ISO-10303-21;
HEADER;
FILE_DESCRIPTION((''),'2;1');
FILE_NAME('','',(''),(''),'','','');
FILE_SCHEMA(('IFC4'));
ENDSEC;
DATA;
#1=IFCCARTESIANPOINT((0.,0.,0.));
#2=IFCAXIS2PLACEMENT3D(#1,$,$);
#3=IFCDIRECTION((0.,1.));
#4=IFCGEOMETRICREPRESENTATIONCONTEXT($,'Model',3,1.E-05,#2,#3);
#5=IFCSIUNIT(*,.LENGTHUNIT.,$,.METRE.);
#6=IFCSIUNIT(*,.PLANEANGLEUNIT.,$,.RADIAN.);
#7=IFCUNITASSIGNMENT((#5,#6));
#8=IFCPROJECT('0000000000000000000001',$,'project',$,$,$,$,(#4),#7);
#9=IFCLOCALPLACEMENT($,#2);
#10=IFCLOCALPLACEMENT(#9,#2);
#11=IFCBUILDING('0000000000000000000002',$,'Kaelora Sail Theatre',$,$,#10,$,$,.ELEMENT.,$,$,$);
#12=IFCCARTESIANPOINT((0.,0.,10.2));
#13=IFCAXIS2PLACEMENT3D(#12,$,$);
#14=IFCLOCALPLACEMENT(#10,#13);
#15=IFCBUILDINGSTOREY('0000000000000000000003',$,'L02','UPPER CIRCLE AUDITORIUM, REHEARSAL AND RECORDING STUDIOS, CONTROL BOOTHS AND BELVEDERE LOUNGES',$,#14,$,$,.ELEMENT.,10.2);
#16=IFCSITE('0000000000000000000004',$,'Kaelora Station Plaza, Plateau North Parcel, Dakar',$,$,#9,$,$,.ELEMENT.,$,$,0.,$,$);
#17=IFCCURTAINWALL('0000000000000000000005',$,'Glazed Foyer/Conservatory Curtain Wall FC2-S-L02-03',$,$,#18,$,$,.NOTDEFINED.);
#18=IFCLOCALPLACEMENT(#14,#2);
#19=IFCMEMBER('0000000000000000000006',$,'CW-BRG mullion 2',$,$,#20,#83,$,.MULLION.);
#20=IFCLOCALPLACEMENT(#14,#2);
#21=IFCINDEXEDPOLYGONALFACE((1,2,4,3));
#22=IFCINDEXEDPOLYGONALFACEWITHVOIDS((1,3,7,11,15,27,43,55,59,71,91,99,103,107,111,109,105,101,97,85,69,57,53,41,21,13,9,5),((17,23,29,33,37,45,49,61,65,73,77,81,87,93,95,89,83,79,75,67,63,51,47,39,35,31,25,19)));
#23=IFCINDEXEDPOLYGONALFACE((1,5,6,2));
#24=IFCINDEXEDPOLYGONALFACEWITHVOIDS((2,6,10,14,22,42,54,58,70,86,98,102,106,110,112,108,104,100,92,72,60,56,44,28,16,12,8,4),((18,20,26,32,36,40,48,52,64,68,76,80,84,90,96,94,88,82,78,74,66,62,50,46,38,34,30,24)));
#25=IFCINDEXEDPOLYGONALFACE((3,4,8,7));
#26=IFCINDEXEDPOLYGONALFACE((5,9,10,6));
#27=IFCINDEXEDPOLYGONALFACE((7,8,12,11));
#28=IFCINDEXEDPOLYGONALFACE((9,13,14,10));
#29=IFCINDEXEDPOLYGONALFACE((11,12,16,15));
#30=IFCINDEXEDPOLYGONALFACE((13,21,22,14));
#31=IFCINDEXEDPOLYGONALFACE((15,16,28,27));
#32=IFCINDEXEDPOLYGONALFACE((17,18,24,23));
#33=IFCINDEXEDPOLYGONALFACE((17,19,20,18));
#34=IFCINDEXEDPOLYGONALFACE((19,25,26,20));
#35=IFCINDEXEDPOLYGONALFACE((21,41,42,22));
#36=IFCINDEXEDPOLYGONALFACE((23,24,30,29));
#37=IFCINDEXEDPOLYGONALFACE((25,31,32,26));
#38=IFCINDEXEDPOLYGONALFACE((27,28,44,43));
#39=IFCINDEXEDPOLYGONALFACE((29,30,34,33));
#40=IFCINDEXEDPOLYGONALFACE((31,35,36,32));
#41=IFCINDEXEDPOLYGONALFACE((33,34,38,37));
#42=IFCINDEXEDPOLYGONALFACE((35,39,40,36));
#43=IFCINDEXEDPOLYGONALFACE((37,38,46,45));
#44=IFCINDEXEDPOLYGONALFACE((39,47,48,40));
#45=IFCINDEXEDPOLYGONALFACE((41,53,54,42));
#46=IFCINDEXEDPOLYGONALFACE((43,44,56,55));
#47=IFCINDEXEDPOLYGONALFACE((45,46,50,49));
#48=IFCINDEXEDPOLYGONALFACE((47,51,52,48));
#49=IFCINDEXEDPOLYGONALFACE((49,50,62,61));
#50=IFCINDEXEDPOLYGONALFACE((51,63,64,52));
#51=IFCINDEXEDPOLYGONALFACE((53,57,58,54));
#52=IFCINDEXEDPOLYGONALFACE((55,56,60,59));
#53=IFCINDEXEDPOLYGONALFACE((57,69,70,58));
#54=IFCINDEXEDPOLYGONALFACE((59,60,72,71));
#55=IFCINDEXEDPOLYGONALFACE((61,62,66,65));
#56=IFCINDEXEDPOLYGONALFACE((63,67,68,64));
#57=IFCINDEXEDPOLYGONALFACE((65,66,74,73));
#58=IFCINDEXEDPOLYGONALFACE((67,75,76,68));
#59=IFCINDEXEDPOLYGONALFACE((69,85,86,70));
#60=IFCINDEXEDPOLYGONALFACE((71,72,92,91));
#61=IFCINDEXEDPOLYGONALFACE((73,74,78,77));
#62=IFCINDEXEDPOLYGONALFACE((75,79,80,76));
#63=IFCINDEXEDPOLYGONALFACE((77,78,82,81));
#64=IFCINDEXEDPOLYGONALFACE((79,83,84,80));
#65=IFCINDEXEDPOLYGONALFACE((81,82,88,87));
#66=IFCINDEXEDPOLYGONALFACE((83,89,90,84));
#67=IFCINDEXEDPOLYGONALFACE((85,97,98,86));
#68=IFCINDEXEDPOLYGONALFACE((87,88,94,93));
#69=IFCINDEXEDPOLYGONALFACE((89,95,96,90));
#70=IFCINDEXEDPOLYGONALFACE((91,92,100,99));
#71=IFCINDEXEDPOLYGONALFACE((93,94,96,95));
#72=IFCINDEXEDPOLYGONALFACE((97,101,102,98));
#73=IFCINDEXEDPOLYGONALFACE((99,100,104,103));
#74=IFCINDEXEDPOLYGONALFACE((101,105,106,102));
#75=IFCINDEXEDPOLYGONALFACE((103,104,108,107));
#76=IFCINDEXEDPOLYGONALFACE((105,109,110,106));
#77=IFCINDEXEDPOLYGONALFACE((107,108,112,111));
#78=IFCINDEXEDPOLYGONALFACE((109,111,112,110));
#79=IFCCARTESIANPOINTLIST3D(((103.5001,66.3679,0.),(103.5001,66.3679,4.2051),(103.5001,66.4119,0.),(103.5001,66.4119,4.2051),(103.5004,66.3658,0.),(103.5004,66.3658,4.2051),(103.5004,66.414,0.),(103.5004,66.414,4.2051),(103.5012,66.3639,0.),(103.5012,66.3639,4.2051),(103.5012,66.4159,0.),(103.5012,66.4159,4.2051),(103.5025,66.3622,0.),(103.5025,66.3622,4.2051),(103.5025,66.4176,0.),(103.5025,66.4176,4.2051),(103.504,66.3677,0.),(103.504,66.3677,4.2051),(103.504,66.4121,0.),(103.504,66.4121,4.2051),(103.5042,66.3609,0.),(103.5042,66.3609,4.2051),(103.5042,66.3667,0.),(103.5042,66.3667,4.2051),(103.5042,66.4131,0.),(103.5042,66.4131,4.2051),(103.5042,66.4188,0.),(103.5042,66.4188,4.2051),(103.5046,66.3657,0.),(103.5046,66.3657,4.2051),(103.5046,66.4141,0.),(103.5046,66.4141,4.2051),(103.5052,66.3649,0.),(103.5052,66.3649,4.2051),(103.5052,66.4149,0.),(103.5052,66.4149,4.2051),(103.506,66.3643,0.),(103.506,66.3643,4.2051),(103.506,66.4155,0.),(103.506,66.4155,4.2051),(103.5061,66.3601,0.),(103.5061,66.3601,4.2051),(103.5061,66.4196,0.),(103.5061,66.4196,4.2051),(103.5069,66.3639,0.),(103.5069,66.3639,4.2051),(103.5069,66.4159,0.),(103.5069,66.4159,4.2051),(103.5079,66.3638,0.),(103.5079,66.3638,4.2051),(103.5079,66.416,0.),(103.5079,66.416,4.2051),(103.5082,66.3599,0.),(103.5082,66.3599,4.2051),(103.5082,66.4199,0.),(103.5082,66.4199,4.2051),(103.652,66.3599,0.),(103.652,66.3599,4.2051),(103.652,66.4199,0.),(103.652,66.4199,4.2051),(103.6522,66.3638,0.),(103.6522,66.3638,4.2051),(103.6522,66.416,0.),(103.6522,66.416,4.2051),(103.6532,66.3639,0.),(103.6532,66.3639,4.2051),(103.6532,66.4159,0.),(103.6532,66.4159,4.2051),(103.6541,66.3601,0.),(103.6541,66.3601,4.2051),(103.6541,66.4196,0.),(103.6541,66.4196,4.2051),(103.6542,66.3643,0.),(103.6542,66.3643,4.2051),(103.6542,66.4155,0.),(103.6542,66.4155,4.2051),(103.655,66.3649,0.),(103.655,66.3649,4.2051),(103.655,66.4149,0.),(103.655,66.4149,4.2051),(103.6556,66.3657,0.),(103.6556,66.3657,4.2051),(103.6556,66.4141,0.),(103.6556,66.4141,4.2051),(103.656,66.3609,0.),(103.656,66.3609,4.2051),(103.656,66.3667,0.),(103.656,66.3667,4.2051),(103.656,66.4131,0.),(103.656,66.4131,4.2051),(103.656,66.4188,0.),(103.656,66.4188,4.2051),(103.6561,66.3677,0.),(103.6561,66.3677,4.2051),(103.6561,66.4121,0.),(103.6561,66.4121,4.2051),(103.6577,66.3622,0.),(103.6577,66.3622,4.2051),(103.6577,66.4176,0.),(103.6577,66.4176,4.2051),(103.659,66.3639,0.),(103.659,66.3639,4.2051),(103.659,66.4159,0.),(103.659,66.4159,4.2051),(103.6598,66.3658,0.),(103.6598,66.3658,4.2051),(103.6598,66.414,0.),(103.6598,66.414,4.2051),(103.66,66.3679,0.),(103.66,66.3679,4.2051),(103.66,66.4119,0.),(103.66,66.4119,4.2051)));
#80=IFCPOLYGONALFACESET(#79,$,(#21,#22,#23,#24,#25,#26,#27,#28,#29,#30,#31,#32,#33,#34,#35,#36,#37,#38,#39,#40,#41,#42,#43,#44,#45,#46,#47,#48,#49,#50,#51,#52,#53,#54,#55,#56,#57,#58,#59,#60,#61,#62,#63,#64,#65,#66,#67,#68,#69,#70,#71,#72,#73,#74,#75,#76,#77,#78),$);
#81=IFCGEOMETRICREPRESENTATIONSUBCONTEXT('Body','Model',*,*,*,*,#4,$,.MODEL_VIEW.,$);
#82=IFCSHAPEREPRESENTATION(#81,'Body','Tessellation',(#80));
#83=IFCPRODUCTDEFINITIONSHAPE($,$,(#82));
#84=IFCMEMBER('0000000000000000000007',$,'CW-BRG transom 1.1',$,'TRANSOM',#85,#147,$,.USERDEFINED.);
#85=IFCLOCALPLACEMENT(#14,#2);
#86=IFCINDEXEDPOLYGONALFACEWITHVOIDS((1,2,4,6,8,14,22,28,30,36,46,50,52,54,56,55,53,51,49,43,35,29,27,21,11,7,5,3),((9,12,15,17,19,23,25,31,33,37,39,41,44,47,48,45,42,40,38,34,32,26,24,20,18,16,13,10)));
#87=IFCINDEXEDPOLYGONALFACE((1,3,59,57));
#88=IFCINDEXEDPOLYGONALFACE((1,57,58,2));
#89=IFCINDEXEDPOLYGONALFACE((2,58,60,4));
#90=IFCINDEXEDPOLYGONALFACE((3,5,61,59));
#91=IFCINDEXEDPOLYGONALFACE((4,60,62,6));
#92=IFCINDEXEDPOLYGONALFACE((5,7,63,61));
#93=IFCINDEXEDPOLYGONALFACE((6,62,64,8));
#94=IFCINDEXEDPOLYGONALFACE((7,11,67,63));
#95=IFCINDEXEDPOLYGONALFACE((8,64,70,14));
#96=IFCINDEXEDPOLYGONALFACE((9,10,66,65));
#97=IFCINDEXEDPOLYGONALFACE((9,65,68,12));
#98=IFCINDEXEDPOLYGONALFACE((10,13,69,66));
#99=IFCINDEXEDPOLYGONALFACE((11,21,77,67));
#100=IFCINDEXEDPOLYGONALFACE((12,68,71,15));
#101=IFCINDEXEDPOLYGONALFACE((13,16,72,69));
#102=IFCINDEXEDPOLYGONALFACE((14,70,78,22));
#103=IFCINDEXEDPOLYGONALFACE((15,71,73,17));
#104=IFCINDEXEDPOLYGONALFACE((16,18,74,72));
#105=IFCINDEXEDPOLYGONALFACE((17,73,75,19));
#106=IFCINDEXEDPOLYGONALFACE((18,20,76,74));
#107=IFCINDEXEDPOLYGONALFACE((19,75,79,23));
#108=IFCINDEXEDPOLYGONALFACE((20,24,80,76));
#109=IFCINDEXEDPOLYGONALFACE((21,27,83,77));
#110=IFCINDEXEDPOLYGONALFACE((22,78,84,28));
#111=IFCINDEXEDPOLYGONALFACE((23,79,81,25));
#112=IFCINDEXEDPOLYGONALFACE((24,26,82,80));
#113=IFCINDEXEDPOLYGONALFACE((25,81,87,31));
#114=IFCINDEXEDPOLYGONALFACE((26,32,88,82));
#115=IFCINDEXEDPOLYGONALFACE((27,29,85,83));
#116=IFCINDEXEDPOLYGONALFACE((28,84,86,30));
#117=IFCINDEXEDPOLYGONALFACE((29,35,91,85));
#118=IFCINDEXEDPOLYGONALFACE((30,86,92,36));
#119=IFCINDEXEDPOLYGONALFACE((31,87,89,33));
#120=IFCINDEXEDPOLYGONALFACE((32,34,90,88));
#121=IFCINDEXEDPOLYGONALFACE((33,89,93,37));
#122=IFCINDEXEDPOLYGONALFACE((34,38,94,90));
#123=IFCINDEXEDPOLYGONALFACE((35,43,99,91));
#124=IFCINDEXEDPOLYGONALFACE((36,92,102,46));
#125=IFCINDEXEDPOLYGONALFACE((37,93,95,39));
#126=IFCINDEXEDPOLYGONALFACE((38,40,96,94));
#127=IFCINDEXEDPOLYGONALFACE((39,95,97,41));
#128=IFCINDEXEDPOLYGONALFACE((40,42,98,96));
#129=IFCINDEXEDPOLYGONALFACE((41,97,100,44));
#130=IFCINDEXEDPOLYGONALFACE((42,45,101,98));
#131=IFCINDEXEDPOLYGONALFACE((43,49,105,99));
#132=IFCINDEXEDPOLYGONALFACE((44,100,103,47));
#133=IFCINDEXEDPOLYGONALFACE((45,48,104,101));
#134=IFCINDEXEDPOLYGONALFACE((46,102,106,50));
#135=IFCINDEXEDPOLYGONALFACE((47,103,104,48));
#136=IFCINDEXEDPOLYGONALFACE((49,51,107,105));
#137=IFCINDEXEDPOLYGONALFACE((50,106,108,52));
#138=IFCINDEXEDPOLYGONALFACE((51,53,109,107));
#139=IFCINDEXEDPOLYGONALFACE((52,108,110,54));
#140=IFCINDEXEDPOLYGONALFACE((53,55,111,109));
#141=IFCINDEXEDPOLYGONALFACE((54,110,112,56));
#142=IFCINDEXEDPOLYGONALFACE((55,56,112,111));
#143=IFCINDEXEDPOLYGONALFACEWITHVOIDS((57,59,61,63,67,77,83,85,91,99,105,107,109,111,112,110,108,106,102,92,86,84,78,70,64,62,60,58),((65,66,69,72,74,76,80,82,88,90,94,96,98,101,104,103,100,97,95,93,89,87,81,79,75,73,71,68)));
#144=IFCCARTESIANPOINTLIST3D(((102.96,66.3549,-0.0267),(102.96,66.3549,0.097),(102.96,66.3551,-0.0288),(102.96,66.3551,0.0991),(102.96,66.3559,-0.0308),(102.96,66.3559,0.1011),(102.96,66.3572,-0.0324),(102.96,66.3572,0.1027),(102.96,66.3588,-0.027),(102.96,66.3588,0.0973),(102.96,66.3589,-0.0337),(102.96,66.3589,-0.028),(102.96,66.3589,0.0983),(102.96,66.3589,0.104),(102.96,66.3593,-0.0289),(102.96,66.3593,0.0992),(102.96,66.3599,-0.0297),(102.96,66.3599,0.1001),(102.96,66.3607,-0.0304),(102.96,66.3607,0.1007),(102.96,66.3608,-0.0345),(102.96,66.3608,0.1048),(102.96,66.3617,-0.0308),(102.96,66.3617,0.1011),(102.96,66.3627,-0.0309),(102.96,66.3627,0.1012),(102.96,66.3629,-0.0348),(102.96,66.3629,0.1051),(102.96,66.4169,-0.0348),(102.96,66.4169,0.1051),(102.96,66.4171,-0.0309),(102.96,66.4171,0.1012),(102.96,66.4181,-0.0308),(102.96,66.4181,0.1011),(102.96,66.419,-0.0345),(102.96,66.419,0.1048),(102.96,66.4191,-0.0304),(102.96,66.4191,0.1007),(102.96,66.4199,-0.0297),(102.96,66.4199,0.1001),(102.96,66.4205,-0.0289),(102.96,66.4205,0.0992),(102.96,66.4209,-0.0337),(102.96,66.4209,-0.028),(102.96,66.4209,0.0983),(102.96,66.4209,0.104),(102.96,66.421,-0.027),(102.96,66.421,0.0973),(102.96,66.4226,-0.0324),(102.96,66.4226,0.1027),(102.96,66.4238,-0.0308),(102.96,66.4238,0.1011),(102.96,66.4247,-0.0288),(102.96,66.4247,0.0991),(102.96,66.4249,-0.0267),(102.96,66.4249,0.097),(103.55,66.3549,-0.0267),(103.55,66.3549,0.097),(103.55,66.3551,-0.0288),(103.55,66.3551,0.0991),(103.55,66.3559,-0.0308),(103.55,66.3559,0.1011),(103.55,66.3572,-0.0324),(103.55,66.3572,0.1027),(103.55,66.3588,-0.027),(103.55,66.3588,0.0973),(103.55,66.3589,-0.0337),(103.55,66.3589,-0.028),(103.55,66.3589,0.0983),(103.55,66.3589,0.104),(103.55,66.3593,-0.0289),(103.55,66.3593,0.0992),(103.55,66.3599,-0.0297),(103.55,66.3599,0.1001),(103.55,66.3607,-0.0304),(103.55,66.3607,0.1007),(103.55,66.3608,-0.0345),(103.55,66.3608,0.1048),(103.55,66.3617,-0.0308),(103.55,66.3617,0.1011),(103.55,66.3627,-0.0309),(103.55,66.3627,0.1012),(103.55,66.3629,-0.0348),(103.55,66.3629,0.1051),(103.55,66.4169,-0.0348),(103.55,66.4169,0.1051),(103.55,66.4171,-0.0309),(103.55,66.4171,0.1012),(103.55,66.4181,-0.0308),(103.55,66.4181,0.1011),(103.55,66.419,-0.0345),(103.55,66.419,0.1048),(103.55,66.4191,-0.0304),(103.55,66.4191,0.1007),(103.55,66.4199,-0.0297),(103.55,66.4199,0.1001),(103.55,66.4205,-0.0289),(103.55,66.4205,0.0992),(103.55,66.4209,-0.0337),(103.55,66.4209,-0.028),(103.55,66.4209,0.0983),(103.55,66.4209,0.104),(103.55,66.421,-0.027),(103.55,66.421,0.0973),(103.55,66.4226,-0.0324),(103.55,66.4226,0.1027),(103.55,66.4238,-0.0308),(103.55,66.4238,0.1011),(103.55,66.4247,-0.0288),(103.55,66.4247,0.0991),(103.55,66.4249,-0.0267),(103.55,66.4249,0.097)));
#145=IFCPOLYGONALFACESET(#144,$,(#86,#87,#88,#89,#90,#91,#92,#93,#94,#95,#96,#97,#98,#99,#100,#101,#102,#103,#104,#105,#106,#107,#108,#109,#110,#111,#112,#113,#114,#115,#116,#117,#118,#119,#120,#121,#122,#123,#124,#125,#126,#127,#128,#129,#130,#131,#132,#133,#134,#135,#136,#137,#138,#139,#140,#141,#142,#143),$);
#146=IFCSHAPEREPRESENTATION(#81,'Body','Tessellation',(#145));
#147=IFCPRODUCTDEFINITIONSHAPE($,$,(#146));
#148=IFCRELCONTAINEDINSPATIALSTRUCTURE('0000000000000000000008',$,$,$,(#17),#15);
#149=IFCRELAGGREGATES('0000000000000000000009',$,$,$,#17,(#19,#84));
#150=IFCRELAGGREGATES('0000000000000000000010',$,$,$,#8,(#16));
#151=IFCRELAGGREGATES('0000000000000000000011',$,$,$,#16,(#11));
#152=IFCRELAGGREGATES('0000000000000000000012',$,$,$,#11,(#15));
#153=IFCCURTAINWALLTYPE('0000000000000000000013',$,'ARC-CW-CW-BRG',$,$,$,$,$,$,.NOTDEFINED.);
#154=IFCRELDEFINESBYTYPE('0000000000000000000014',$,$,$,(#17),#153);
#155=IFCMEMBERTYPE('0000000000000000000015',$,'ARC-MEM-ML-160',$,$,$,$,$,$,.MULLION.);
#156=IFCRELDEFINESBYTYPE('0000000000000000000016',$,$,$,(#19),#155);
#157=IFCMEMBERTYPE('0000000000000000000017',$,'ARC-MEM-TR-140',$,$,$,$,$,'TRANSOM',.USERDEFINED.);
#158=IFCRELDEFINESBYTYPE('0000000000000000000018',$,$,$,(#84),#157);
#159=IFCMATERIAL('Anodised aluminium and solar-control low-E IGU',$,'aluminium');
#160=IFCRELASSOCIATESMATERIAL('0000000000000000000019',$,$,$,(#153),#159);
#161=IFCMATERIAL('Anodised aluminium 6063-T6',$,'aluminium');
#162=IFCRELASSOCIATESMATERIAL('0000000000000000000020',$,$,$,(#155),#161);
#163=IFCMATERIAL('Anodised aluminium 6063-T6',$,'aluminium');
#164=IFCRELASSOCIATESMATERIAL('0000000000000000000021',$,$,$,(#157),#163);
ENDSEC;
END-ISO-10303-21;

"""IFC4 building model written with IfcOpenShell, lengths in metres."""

from ifc_helpers import new_model, si_unit, direction, frame, origin, origin_2d, place, context, subcontext, project, spatial, hollow_rectangle, extrude, material, material_profile, profile_set, type_object, element, aggregate, save


model = new_model("IFC4")

# Units and contexts
model_context = context("Model", 3, precision=1e-05, world=origin(), true_north=direction((0.0, 1.0)))
body_context = subcontext(model_context, "Body", "Model", "MODEL_VIEW")
ifc_project = project(units=[si_unit("LENGTHUNIT", "METRE"), si_unit("PLANEANGLEUNIT", "RADIAN")], contexts=[model_context])

# Site, building, storey
site_placement = place(None, origin())
site = spatial("IfcSite", under=ifc_project, at=site_placement, Name="Kaelora Station Plaza, Plateau North Parcel, Dakar", CompositionType="ELEMENT", RefElevation=0.0)
building_placement = place(site_placement, origin())
building = spatial("IfcBuilding", under=site, at=building_placement, Name="Kaelora Sail Theatre", CompositionType="ELEMENT")
storey_placement = place(building_placement, frame((0.0, 0.0, 10.2)))
storey = spatial("IfcBuildingStorey", under=building, at=storey_placement, Name="L02", Description="UPPER CIRCLE AUDITORIUM, REHEARSAL AND RECORDING STUDIOS, CONTROL BOOTHS AND BELVEDERE LOUNGES", CompositionType="ELEMENT", Elevation=10.2)

# Shared definitions
ifc_material_1 = material(Name="Anodised aluminium and solar-control low-E IGU", Category="aluminium")
curtain_wall_type = type_object("IfcCurtainWallType", Name="ARC-CW-CW-BRG", PredefinedType="NOTDEFINED", material=ifc_material_1)
ifc_material_2 = material(Name="Anodised aluminium 6063-T6", Category="aluminium")
ifc_material_profile_1 = material_profile(ifc_material_2, hollow_rectangle(XDim=0.0601, YDim=0.1599, WallThickness=0.0039, InnerFilletRadius=0.0039, OuterFilletRadius=0.0081, at=origin_2d()), Name="ALU-MULL 60x160x4")
ifc_profile_set_1 = profile_set([ifc_material_profile_1], Name="Anodised aluminium 6063-T6")
member_type_1 = type_object("IfcMemberType", Name="ARC-MEM-ML-160", PredefinedType="MULLION", material=ifc_profile_set_1)

# Curtain wall, members
curtain_wall_1_placement = place(storey_placement, origin())
curtain_wall_1 = element("IfcCurtainWall", 1, at=curtain_wall_1_placement, inside=storey, type_object=curtain_wall_type, Name="Glazed Foyer/Conservatory Curtain Wall FC2-S-L02-03", PredefinedType="NOTDEFINED")
member_1_placement = place(storey_placement, frame((103.5801, 66.3899, 0.0), z_axis=(0.0, 0.0, 1.0), x_axis=(0.0, 1.0, 0.0)))
member_1 = element("IfcMember", 2, at=member_1_placement, type_object=member_type_1, Name="CW-BRG mullion 2", PredefinedType="MULLION", context=body_context, shape_type="SweptSolid", body=[
    extrude(hollow_rectangle(XDim=0.0601, YDim=0.1599, WallThickness=0.0039, InnerFilletRadius=0.0039, OuterFilletRadius=0.0081, at=origin_2d()), origin(), (0.0, 0.0, 1.0), 4.2051),
])
ifc_material_3 = material(Name="Anodised aluminium 6063-T6", Category="aluminium")
ifc_material_profile_2 = material_profile(ifc_material_3, hollow_rectangle(XDim=0.0701, YDim=0.1399, WallThickness=0.0039, InnerFilletRadius=0.0039, OuterFilletRadius=0.0081, at=origin_2d()), Name="ALU-TRAN 70x140x4")
ifc_profile_set_2 = profile_set([ifc_material_profile_2], Name="Anodised aluminium 6063-T6")
member_type_2 = type_object("IfcMemberType", Name="ARC-MEM-TR-140", ElementType="TRANSOM", PredefinedType="USERDEFINED", material=ifc_profile_set_2)
member_2_placement = place(storey_placement, frame((102.96, 66.3899, 0.0352), z_axis=(1.0, 0.0, 0.0), x_axis=(0.0, 1.0, 0.0)))
member_2 = element("IfcMember", 3, at=member_2_placement, type_object=member_type_2, Name="CW-BRG transom 1.1", ObjectType="TRANSOM", PredefinedType="USERDEFINED", context=body_context, shape_type="SweptSolid", body=[
    extrude(hollow_rectangle(XDim=0.0701, YDim=0.1399, WallThickness=0.0039, InnerFilletRadius=0.0039, OuterFilletRadius=0.0081, at=origin_2d()), origin(), (0.0, 0.0, 1.0), 0.5901),
])

aggregate(curtain_wall_1, [member_1, member_2])

save(model, "model.ifc")
